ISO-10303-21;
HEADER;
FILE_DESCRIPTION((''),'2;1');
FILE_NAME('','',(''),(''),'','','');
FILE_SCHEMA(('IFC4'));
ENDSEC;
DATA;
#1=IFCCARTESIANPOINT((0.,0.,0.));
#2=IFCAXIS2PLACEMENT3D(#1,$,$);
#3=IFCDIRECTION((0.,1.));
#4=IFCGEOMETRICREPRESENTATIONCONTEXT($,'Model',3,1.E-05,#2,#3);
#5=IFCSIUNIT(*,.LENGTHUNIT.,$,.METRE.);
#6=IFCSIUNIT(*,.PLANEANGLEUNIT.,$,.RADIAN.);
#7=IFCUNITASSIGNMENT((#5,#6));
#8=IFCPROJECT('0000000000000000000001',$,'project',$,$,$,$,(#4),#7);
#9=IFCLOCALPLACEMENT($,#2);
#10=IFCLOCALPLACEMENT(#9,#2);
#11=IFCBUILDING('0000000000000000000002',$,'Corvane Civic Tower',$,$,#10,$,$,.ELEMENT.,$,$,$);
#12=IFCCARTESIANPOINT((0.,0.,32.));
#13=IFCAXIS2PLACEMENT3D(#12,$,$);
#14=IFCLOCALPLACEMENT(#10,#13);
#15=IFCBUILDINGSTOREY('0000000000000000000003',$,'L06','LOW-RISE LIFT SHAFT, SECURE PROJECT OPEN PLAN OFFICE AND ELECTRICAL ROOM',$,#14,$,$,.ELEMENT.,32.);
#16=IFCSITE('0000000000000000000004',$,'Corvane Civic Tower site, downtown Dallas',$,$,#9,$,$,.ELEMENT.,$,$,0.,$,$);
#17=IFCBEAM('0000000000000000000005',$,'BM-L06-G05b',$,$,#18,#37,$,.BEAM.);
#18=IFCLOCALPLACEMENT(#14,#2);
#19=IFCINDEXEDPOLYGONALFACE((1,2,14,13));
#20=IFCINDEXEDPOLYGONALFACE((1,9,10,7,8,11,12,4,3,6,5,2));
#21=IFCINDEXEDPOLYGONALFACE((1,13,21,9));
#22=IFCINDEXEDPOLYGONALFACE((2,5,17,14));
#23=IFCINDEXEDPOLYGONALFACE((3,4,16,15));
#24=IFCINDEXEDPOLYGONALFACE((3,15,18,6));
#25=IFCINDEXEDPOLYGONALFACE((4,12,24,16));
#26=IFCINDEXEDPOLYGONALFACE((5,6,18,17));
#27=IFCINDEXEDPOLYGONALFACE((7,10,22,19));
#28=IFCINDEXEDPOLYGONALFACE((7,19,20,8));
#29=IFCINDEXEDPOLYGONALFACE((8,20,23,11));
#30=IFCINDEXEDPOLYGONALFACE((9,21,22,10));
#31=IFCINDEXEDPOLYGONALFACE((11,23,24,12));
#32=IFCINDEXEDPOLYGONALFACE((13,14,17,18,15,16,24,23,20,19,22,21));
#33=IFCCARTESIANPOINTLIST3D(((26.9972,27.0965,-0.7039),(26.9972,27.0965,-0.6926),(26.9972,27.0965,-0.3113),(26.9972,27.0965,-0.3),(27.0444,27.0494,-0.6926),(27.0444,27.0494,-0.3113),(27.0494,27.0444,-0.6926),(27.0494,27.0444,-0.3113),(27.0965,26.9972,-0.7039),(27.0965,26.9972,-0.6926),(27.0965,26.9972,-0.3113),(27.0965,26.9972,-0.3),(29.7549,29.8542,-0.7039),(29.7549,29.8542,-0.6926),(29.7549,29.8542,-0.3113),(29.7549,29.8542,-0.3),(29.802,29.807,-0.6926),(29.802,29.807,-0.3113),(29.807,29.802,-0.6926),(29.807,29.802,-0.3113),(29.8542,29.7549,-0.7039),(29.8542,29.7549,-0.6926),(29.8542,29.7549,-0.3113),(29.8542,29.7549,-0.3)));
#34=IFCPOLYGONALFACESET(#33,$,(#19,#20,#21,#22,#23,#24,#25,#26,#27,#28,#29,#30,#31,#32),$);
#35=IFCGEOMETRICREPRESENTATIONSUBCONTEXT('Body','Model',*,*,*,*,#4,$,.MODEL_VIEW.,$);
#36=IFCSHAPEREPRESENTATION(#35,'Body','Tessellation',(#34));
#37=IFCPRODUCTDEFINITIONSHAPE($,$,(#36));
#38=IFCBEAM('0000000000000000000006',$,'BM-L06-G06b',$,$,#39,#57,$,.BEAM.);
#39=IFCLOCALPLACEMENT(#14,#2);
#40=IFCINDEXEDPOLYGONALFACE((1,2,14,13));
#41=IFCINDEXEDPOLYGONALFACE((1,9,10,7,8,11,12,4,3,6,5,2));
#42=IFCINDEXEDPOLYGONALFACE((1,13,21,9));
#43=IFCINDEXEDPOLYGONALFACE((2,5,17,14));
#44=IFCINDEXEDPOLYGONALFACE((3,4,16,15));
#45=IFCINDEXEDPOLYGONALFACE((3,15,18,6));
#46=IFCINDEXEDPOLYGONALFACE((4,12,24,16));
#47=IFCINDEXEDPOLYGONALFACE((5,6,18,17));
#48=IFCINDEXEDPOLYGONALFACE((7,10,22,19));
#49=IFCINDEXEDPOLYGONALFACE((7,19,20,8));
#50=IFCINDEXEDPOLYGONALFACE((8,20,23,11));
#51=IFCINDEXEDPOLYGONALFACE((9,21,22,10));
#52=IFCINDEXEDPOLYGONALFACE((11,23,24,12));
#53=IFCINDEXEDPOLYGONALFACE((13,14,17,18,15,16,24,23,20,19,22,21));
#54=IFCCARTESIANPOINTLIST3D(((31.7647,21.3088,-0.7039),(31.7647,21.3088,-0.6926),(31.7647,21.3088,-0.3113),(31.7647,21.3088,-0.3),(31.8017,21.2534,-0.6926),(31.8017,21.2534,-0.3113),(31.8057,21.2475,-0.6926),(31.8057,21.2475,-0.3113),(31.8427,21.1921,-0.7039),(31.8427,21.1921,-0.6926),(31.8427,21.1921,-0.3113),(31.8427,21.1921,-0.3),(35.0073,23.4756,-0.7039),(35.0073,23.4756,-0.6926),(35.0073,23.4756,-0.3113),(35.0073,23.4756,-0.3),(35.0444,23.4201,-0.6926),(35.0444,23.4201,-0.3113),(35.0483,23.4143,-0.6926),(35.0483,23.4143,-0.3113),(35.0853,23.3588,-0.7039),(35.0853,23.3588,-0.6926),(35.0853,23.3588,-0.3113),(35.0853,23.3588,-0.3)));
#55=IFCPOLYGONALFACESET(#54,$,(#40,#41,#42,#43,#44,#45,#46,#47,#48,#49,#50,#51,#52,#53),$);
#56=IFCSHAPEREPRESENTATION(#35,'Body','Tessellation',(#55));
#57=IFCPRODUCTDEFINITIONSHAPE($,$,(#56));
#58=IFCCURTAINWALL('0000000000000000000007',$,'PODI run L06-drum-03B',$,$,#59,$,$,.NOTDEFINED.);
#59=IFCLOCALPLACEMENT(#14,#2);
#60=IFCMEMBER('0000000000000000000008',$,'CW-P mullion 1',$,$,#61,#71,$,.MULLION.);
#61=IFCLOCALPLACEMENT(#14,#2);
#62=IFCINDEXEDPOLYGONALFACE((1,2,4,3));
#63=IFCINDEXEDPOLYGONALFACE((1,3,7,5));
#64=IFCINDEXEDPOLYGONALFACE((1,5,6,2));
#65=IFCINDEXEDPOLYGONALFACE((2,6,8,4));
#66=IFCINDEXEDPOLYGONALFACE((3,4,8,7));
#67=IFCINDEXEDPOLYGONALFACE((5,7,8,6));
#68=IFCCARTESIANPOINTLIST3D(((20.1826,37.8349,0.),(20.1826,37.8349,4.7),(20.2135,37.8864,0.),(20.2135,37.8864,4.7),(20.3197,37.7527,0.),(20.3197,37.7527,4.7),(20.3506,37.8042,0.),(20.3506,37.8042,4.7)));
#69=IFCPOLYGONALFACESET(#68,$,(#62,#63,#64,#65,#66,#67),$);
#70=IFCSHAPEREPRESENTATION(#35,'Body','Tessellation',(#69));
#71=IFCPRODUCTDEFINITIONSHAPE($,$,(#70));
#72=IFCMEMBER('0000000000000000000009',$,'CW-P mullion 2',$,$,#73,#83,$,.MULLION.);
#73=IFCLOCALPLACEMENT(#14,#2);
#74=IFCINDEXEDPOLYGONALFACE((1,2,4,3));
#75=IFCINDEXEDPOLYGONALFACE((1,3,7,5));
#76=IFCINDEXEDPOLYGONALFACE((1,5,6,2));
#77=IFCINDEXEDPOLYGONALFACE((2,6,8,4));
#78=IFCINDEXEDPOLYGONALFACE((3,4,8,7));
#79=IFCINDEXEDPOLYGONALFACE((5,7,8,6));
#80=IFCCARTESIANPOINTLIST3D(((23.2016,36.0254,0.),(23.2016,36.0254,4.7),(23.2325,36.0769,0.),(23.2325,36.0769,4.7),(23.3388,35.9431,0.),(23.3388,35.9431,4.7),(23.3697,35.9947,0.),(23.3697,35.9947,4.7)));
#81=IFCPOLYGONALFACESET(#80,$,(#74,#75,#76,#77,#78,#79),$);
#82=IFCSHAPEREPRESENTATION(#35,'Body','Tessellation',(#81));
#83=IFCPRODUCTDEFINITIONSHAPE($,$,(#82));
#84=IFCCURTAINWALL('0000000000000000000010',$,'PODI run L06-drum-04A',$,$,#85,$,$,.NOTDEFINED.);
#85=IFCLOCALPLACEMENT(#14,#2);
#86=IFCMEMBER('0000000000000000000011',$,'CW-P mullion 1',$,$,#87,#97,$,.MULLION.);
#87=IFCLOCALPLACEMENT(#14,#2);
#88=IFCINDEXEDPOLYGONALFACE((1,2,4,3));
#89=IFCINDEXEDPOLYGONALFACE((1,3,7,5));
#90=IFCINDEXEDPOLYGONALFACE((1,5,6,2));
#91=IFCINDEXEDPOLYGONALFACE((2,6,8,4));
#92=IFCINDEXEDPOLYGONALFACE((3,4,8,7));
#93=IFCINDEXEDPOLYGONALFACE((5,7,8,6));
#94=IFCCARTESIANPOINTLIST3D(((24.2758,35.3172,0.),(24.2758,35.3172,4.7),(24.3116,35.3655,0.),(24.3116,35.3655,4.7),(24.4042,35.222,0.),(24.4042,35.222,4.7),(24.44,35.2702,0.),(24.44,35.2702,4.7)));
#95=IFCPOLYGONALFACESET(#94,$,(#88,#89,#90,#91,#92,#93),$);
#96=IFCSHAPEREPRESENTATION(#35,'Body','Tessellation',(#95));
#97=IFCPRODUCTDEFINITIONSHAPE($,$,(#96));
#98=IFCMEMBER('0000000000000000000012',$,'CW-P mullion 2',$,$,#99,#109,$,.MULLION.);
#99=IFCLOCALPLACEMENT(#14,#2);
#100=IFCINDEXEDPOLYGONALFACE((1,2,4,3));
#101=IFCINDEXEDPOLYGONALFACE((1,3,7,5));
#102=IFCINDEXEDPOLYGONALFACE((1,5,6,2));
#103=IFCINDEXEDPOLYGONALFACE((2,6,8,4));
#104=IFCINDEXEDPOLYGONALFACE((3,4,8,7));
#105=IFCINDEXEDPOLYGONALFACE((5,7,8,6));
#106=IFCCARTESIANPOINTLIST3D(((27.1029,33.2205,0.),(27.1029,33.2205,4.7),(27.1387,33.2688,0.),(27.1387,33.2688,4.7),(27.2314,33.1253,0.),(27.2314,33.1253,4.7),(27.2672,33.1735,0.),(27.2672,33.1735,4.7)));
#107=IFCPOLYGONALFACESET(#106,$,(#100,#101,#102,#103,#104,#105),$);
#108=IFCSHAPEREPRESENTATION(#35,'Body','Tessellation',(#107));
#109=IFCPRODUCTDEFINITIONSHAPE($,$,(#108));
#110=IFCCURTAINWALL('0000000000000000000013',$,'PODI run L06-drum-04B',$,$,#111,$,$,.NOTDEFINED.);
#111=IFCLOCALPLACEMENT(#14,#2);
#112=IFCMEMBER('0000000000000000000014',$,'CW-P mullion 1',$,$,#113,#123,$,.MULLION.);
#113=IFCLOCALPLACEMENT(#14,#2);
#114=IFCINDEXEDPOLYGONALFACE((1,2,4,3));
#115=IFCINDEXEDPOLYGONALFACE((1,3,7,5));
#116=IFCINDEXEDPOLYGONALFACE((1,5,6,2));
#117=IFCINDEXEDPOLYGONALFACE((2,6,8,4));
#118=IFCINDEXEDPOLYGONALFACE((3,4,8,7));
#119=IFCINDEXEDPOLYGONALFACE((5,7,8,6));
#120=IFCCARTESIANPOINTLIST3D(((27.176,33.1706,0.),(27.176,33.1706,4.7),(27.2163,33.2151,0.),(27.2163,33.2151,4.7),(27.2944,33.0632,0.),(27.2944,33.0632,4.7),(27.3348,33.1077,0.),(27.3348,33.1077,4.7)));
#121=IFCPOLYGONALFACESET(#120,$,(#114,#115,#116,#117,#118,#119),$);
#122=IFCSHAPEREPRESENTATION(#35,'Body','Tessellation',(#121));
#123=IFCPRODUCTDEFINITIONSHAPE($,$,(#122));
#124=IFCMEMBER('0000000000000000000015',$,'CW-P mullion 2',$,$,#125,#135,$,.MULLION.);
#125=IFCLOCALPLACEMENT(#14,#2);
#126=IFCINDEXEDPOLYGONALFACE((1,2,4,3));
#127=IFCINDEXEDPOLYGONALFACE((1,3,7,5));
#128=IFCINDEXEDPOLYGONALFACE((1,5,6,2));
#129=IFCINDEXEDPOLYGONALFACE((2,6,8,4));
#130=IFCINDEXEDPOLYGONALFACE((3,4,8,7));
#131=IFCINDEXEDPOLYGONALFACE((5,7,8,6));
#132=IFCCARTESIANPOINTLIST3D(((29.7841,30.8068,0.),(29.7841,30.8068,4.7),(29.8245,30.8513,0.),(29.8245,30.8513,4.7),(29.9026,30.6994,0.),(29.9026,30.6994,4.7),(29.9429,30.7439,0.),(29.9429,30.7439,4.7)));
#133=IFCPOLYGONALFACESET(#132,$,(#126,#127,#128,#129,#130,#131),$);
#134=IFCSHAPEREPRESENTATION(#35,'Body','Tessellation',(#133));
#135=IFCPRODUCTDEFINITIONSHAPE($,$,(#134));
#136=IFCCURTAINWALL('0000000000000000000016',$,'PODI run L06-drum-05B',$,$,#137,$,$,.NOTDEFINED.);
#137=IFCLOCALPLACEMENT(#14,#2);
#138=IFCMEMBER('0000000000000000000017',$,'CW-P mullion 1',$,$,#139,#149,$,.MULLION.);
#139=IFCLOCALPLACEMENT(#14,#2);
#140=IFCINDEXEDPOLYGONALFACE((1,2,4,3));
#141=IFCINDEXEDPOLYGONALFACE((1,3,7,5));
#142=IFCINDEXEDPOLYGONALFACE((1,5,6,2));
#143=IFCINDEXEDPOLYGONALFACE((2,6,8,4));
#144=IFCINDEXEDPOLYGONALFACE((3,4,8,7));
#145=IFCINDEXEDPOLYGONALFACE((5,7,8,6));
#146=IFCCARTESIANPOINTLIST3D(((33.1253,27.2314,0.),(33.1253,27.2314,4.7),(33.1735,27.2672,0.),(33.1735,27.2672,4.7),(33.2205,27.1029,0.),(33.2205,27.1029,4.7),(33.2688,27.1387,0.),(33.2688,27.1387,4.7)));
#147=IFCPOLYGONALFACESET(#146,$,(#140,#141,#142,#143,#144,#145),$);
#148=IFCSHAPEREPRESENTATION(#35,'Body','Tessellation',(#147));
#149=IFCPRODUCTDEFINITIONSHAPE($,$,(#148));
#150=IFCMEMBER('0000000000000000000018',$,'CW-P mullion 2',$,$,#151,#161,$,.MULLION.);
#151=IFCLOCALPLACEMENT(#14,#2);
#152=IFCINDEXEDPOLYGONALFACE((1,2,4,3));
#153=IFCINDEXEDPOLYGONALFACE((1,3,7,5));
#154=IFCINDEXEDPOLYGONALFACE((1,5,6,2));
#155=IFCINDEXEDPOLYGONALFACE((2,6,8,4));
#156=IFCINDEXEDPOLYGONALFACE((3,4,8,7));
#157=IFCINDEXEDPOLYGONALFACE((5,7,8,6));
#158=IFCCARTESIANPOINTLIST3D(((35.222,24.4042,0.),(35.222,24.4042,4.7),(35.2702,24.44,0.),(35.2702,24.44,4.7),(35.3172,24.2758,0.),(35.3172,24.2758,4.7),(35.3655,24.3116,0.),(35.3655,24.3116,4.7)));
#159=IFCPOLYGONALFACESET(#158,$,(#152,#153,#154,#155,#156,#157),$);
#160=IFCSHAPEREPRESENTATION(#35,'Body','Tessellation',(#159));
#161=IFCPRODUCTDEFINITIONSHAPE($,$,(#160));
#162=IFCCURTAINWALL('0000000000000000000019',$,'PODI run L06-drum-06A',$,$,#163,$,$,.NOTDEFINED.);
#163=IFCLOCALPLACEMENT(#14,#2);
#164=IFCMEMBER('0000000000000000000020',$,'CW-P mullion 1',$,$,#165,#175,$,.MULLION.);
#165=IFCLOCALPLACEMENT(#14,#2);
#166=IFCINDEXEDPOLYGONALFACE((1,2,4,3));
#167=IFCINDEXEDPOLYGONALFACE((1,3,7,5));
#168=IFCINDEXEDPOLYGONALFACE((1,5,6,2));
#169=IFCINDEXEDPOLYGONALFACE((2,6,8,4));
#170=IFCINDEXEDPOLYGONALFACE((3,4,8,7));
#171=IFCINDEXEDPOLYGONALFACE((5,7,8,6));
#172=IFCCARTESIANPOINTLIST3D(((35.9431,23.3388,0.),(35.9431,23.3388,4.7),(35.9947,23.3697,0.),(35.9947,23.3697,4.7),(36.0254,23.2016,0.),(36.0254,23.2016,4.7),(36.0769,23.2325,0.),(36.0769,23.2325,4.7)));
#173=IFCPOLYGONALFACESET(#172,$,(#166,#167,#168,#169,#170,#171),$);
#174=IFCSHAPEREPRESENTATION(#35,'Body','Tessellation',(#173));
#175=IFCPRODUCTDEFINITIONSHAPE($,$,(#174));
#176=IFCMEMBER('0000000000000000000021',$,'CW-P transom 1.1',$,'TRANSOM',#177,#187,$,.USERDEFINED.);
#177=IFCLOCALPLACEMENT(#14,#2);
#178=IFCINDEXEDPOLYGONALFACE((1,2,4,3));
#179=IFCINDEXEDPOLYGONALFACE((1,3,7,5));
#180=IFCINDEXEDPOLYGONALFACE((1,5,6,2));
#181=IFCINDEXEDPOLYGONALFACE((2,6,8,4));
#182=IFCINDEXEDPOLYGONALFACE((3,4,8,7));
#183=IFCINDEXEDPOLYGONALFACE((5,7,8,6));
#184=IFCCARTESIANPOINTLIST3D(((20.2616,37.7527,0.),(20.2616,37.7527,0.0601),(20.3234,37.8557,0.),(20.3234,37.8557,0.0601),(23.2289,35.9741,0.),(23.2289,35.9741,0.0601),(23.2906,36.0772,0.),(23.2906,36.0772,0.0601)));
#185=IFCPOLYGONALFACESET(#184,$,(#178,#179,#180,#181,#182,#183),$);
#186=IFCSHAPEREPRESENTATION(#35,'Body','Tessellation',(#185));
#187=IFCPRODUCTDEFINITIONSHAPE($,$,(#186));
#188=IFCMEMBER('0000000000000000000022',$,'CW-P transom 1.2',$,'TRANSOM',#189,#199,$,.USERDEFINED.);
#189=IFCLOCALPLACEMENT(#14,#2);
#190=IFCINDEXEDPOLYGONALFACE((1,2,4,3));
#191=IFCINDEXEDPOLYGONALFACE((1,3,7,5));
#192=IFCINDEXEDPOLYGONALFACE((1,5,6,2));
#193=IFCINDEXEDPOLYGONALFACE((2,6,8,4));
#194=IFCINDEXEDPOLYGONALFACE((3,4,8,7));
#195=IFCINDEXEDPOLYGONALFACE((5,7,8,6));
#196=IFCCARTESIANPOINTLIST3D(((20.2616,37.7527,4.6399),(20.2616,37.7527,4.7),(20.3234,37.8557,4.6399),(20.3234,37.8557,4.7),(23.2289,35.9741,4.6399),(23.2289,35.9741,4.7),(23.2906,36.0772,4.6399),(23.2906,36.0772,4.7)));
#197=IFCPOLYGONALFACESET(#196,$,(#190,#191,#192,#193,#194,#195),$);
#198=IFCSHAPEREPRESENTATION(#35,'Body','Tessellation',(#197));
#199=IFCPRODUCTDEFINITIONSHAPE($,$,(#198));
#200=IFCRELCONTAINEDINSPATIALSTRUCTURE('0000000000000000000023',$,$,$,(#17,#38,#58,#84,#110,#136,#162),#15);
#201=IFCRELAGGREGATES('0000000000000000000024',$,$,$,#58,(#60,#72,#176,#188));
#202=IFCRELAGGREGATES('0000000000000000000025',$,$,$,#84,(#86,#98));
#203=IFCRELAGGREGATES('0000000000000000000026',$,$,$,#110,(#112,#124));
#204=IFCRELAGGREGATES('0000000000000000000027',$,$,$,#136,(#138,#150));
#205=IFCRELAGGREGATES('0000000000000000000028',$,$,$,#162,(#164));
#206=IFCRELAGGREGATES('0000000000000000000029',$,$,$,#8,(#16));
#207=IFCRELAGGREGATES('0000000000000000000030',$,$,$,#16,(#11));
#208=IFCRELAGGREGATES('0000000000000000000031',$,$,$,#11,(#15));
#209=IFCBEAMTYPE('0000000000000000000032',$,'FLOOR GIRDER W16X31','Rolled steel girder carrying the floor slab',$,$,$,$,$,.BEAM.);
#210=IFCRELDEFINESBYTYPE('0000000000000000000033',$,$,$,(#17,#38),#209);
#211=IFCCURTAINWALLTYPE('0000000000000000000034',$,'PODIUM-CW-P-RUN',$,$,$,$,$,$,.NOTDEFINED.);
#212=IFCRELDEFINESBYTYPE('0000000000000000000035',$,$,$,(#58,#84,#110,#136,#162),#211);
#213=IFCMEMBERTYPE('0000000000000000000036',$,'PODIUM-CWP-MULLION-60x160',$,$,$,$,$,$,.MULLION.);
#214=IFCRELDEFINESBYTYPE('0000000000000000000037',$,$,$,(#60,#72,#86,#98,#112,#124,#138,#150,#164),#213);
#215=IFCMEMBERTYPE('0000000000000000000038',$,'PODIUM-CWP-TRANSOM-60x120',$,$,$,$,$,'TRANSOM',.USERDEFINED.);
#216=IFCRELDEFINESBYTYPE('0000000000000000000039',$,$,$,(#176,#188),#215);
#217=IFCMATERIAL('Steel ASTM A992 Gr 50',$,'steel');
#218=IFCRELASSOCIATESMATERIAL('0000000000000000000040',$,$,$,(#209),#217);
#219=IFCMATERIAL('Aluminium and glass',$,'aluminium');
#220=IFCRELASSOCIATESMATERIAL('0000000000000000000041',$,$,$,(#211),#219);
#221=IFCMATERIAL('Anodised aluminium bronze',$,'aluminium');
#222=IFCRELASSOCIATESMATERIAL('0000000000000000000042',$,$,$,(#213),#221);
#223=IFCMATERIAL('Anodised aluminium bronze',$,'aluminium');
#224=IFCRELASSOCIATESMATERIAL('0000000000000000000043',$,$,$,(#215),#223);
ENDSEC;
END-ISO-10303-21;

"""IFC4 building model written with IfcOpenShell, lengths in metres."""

from ifc_helpers import new_model, si_unit, direction, frame, origin, origin_2d, place, context, subcontext, project, spatial, rectangle, i_section, extrude, material, material_profile, profile_set, type_object, element, aggregate, save


model = new_model("IFC4")

# Units and contexts
model_context = context("Model", 3, precision=1e-05, world=origin(), true_north=direction((0.0, 1.0)))
body_context = subcontext(model_context, "Body", "Model", "MODEL_VIEW")
ifc_project = project(units=[si_unit("LENGTHUNIT", "METRE"), si_unit("PLANEANGLEUNIT", "RADIAN")], contexts=[model_context])

# Site, building, storey
site_placement = place(None, origin())
site = spatial("IfcSite", under=ifc_project, at=site_placement, Name="Corvane Civic Tower site, downtown Dallas", CompositionType="ELEMENT", RefElevation=0.0)
building_placement = place(site_placement, origin())
building = spatial("IfcBuilding", under=site, at=building_placement, Name="Corvane Civic Tower", CompositionType="ELEMENT")
storey_placement = place(building_placement, frame((0.0, 0.0, 32.0)))
storey = spatial("IfcBuildingStorey", under=building, at=storey_placement, Name="L06", Description="LOW-RISE LIFT SHAFT, SECURE PROJECT OPEN PLAN OFFICE AND ELECTRICAL ROOM", CompositionType="ELEMENT", Elevation=32.0)

# Beams
ifc_material_1 = material(Name="Steel ASTM A992 Gr 50", Category="steel")
ifc_material_profile_1 = material_profile(ifc_material_1, i_section(OverallWidth=0.1404, OverallDepth=0.4038, WebThickness=0.0071, FlangeThickness=0.0112, at=origin_2d()), Name="W16X31")
ifc_profile_set_1 = profile_set([ifc_material_profile_1], Name="Steel ASTM A992 Gr 50")
beam_type_1 = type_object("IfcBeamType", Name="FLOOR GIRDER W16X31", Description="Rolled steel girder carrying the floor slab", PredefinedType="BEAM", material=ifc_profile_set_1)
for number, where, z_axis, x_axis, name in (
    (1, (27.0469, 27.0469, -0.502), (0.707107, 0.707107, 0.0), (-0.707107, 0.707107, 0.0), "BM-L06-G05b"),
    (2, (31.8037, 21.2505, -0.502), (0.831462, 0.555581, 0.0), (-0.555581, 0.831462, 0.0), "BM-L06-G06b"),
):
    element("IfcBeam", number, at=place(storey_placement, frame(where, z_axis=z_axis, x_axis=x_axis)), inside=storey, type_object=beam_type_1, Name=name, PredefinedType="BEAM", context=body_context, shape_type="SweptSolid", body=[
        extrude(i_section(OverallWidth=0.1404, OverallDepth=0.4038, WebThickness=0.0071, FlangeThickness=0.0112, at=origin_2d()), origin(), (0.0, 0.0, 1.0), 3.8999),
    ])

# Curtain walls, members
ifc_material_2 = material(Name="Aluminium and glass", Category="aluminium")
curtain_wall_type = type_object("IfcCurtainWallType", Name="PODIUM-CW-P-RUN", PredefinedType="NOTDEFINED", material=ifc_material_2)
curtain_wall_1_placement = place(storey_placement, origin())
curtain_wall_1 = element("IfcCurtainWall", 3, at=curtain_wall_1_placement, inside=storey, type_object=curtain_wall_type, Name="PODI run L06-drum-03B", PredefinedType="NOTDEFINED")
ifc_material_3 = material(Name="Anodised aluminium bronze", Category="aluminium")
ifc_material_profile_2 = material_profile(ifc_material_3, rectangle(XDim=0.0601, YDim=0.1599, at=origin_2d()), Name="AL 60x160")
ifc_profile_set_2 = profile_set([ifc_material_profile_2], Name="Anodised aluminium bronze")
member_type_1 = type_object("IfcMemberType", Name="PODIUM-CWP-MULLION-60x160", PredefinedType="MULLION", material=ifc_profile_set_2)
member_1_placement = place(storey_placement, frame((20.2666, 37.8196, 0.0), z_axis=(0.0, 0.0, 1.0), x_axis=(0.514118, 0.85772, 0.0)))
member_1 = element("IfcMember", 4, at=member_1_placement, type_object=member_type_1, Name="CW-P mullion 1", PredefinedType="MULLION", context=body_context, shape_type="SweptSolid", body=[
    extrude(rectangle(XDim=0.0601, YDim=0.1599, at=origin_2d()), origin(), (0.0, 0.0, 1.0), 4.7),
])
member_2_placement = place(storey_placement, frame((23.2856, 36.01, 0.0), z_axis=(0.0, 0.0, 1.0), x_axis=(0.514118, 0.85772, 0.0)))
member_2 = element("IfcMember", 5, at=member_2_placement, type_object=member_type_1, Name="CW-P mullion 2", PredefinedType="MULLION", context=body_context, shape_type="SweptSolid", body=[
    extrude(rectangle(XDim=0.0601, YDim=0.1599, at=origin_2d()), origin(), (0.0, 0.0, 1.0), 4.7),
])
curtain_wall_2_placement = place(storey_placement, origin())
curtain_wall_2 = element("IfcCurtainWall", 6, at=curtain_wall_2_placement, inside=storey, type_object=curtain_wall_type, Name="PODI run L06-drum-04A", PredefinedType="NOTDEFINED")
member_3_placement = place(storey_placement, frame((24.3579, 35.2937, 0.0), z_axis=(0.0, 0.0, 1.0), x_axis=(0.595705, 0.803203, 0.0)))
member_3 = element("IfcMember", 7, at=member_3_placement, type_object=member_type_1, Name="CW-P mullion 1", PredefinedType="MULLION", context=body_context, shape_type="SweptSolid", body=[
    extrude(rectangle(XDim=0.0601, YDim=0.1599, at=origin_2d()), origin(), (0.0, 0.0, 1.0), 4.7),
])
member_4_placement = place(storey_placement, frame((27.1851, 33.197, 0.0), z_axis=(0.0, 0.0, 1.0), x_axis=(0.595705, 0.803203, 0.0)))
member_4 = element("IfcMember", 8, at=member_4_placement, type_object=member_type_1, Name="CW-P mullion 2", PredefinedType="MULLION", context=body_context, shape_type="SweptSolid", body=[
    extrude(rectangle(XDim=0.0601, YDim=0.1599, at=origin_2d()), origin(), (0.0, 0.0, 1.0), 4.7),
])
curtain_wall_3_placement = place(storey_placement, origin())
curtain_wall_3 = element("IfcCurtainWall", 9, at=curtain_wall_3_placement, inside=storey, type_object=curtain_wall_type, Name="PODI run L06-drum-04B", PredefinedType="NOTDEFINED")
member_5_placement = place(storey_placement, frame((27.2554, 33.1392, 0.0), z_axis=(0.0, 0.0, 1.0), x_axis=(0.671576, 0.740935, 0.0)))
member_5 = element("IfcMember", 10, at=member_5_placement, type_object=member_type_1, Name="CW-P mullion 1", PredefinedType="MULLION", context=body_context, shape_type="SweptSolid", body=[
    extrude(rectangle(XDim=0.0601, YDim=0.1599, at=origin_2d()), origin(), (0.0, 0.0, 1.0), 4.7),
])
member_6_placement = place(storey_placement, frame((29.8635, 30.7754, 0.0), z_axis=(0.0, 0.0, 1.0), x_axis=(0.671576, 0.740935, 0.0)))
member_6 = element("IfcMember", 11, at=member_6_placement, type_object=member_type_1, Name="CW-P mullion 2", PredefinedType="MULLION", context=body_context, shape_type="SweptSolid", body=[
    extrude(rectangle(XDim=0.0601, YDim=0.1599, at=origin_2d()), origin(), (0.0, 0.0, 1.0), 4.7),
])
curtain_wall_4_placement = place(storey_placement, origin())
curtain_wall_4 = element("IfcCurtainWall", 12, at=curtain_wall_4_placement, inside=storey, type_object=curtain_wall_type, Name="PODI run L06-drum-05B", PredefinedType="NOTDEFINED")
member_7_placement = place(storey_placement, frame((33.197, 27.1851, 0.0), z_axis=(0.0, 0.0, 1.0), x_axis=(0.803203, 0.595705, 0.0)))
member_7 = element("IfcMember", 13, at=member_7_placement, type_object=member_type_1, Name="CW-P mullion 1", PredefinedType="MULLION", context=body_context, shape_type="SweptSolid", body=[
    extrude(rectangle(XDim=0.0601, YDim=0.1599, at=origin_2d()), origin(), (0.0, 0.0, 1.0), 4.7),
])
member_8_placement = place(storey_placement, frame((35.2937, 24.3579, 0.0), z_axis=(0.0, 0.0, 1.0), x_axis=(0.803203, 0.595705, 0.0)))
member_8 = element("IfcMember", 14, at=member_8_placement, type_object=member_type_1, Name="CW-P mullion 2", PredefinedType="MULLION", context=body_context, shape_type="SweptSolid", body=[
    extrude(rectangle(XDim=0.0601, YDim=0.1599, at=origin_2d()), origin(), (0.0, 0.0, 1.0), 4.7),
])

# Curtain wall, member
curtain_wall_5_placement = place(storey_placement, origin())
curtain_wall_5 = element("IfcCurtainWall", 15, at=curtain_wall_5_placement, inside=storey, type_object=curtain_wall_type, Name="PODI run L06-drum-06A", PredefinedType="NOTDEFINED")
member_9_placement = place(storey_placement, frame((36.01, 23.2856, 0.0), z_axis=(0.0, 0.0, 1.0), x_axis=(0.85772, 0.514118, 0.0)))
member_9 = element("IfcMember", 16, at=member_9_placement, type_object=member_type_1, Name="CW-P mullion 1", PredefinedType="MULLION", context=body_context, shape_type="SweptSolid", body=[
    extrude(rectangle(XDim=0.0601, YDim=0.1599, at=origin_2d()), origin(), (0.0, 0.0, 1.0), 4.7),
])

# Members
ifc_material_4 = material(Name="Anodised aluminium bronze", Category="aluminium")
ifc_material_profile_3 = material_profile(ifc_material_4, rectangle(XDim=0.1201, YDim=0.0601, at=origin_2d()), Name="AL 120x60")
ifc_profile_set_3 = profile_set([ifc_material_profile_3], Name="Anodised aluminium bronze")
member_type_2 = type_object("IfcMemberType", Name="PODIUM-CWP-TRANSOM-60x120", ElementType="TRANSOM", PredefinedType="USERDEFINED", material=ifc_profile_set_3)
member_10_placement = place(storey_placement, frame((20.2925, 37.8042, 0.03), z_axis=(0.857723, -0.514112, 0.0), x_axis=(0.514112, 0.857723, 0.0)))
member_10 = element("IfcMember", 17, at=member_10_placement, type_object=member_type_2, Name="CW-P transom 1.1", ObjectType="TRANSOM", PredefinedType="USERDEFINED", context=body_context, shape_type="SweptSolid", body=[
    extrude(rectangle(XDim=0.1201, YDim=0.0601, at=origin_2d()), origin(), (0.0, 0.0, 1.0), 3.4595),
])
member_11_placement = place(storey_placement, frame((20.2925, 37.8042, 4.6699), z_axis=(0.857723, -0.514112, 0.0), x_axis=(0.514112, 0.857723, 0.0)))
member_11 = element("IfcMember", 18, at=member_11_placement, type_object=member_type_2, Name="CW-P transom 1.2", ObjectType="TRANSOM", PredefinedType="USERDEFINED", context=body_context, shape_type="SweptSolid", body=[
    extrude(rectangle(XDim=0.1201, YDim=0.0601, at=origin_2d()), origin(), (0.0, 0.0, 1.0), 3.4595),
])

aggregate(curtain_wall_1, [member_1, member_2, member_10, member_11])
aggregate(curtain_wall_2, [member_3, member_4])
aggregate(curtain_wall_3, [member_5, member_6])
aggregate(curtain_wall_4, [member_7, member_8])
aggregate(curtain_wall_5, [member_9])

save(model, "model.ifc")
